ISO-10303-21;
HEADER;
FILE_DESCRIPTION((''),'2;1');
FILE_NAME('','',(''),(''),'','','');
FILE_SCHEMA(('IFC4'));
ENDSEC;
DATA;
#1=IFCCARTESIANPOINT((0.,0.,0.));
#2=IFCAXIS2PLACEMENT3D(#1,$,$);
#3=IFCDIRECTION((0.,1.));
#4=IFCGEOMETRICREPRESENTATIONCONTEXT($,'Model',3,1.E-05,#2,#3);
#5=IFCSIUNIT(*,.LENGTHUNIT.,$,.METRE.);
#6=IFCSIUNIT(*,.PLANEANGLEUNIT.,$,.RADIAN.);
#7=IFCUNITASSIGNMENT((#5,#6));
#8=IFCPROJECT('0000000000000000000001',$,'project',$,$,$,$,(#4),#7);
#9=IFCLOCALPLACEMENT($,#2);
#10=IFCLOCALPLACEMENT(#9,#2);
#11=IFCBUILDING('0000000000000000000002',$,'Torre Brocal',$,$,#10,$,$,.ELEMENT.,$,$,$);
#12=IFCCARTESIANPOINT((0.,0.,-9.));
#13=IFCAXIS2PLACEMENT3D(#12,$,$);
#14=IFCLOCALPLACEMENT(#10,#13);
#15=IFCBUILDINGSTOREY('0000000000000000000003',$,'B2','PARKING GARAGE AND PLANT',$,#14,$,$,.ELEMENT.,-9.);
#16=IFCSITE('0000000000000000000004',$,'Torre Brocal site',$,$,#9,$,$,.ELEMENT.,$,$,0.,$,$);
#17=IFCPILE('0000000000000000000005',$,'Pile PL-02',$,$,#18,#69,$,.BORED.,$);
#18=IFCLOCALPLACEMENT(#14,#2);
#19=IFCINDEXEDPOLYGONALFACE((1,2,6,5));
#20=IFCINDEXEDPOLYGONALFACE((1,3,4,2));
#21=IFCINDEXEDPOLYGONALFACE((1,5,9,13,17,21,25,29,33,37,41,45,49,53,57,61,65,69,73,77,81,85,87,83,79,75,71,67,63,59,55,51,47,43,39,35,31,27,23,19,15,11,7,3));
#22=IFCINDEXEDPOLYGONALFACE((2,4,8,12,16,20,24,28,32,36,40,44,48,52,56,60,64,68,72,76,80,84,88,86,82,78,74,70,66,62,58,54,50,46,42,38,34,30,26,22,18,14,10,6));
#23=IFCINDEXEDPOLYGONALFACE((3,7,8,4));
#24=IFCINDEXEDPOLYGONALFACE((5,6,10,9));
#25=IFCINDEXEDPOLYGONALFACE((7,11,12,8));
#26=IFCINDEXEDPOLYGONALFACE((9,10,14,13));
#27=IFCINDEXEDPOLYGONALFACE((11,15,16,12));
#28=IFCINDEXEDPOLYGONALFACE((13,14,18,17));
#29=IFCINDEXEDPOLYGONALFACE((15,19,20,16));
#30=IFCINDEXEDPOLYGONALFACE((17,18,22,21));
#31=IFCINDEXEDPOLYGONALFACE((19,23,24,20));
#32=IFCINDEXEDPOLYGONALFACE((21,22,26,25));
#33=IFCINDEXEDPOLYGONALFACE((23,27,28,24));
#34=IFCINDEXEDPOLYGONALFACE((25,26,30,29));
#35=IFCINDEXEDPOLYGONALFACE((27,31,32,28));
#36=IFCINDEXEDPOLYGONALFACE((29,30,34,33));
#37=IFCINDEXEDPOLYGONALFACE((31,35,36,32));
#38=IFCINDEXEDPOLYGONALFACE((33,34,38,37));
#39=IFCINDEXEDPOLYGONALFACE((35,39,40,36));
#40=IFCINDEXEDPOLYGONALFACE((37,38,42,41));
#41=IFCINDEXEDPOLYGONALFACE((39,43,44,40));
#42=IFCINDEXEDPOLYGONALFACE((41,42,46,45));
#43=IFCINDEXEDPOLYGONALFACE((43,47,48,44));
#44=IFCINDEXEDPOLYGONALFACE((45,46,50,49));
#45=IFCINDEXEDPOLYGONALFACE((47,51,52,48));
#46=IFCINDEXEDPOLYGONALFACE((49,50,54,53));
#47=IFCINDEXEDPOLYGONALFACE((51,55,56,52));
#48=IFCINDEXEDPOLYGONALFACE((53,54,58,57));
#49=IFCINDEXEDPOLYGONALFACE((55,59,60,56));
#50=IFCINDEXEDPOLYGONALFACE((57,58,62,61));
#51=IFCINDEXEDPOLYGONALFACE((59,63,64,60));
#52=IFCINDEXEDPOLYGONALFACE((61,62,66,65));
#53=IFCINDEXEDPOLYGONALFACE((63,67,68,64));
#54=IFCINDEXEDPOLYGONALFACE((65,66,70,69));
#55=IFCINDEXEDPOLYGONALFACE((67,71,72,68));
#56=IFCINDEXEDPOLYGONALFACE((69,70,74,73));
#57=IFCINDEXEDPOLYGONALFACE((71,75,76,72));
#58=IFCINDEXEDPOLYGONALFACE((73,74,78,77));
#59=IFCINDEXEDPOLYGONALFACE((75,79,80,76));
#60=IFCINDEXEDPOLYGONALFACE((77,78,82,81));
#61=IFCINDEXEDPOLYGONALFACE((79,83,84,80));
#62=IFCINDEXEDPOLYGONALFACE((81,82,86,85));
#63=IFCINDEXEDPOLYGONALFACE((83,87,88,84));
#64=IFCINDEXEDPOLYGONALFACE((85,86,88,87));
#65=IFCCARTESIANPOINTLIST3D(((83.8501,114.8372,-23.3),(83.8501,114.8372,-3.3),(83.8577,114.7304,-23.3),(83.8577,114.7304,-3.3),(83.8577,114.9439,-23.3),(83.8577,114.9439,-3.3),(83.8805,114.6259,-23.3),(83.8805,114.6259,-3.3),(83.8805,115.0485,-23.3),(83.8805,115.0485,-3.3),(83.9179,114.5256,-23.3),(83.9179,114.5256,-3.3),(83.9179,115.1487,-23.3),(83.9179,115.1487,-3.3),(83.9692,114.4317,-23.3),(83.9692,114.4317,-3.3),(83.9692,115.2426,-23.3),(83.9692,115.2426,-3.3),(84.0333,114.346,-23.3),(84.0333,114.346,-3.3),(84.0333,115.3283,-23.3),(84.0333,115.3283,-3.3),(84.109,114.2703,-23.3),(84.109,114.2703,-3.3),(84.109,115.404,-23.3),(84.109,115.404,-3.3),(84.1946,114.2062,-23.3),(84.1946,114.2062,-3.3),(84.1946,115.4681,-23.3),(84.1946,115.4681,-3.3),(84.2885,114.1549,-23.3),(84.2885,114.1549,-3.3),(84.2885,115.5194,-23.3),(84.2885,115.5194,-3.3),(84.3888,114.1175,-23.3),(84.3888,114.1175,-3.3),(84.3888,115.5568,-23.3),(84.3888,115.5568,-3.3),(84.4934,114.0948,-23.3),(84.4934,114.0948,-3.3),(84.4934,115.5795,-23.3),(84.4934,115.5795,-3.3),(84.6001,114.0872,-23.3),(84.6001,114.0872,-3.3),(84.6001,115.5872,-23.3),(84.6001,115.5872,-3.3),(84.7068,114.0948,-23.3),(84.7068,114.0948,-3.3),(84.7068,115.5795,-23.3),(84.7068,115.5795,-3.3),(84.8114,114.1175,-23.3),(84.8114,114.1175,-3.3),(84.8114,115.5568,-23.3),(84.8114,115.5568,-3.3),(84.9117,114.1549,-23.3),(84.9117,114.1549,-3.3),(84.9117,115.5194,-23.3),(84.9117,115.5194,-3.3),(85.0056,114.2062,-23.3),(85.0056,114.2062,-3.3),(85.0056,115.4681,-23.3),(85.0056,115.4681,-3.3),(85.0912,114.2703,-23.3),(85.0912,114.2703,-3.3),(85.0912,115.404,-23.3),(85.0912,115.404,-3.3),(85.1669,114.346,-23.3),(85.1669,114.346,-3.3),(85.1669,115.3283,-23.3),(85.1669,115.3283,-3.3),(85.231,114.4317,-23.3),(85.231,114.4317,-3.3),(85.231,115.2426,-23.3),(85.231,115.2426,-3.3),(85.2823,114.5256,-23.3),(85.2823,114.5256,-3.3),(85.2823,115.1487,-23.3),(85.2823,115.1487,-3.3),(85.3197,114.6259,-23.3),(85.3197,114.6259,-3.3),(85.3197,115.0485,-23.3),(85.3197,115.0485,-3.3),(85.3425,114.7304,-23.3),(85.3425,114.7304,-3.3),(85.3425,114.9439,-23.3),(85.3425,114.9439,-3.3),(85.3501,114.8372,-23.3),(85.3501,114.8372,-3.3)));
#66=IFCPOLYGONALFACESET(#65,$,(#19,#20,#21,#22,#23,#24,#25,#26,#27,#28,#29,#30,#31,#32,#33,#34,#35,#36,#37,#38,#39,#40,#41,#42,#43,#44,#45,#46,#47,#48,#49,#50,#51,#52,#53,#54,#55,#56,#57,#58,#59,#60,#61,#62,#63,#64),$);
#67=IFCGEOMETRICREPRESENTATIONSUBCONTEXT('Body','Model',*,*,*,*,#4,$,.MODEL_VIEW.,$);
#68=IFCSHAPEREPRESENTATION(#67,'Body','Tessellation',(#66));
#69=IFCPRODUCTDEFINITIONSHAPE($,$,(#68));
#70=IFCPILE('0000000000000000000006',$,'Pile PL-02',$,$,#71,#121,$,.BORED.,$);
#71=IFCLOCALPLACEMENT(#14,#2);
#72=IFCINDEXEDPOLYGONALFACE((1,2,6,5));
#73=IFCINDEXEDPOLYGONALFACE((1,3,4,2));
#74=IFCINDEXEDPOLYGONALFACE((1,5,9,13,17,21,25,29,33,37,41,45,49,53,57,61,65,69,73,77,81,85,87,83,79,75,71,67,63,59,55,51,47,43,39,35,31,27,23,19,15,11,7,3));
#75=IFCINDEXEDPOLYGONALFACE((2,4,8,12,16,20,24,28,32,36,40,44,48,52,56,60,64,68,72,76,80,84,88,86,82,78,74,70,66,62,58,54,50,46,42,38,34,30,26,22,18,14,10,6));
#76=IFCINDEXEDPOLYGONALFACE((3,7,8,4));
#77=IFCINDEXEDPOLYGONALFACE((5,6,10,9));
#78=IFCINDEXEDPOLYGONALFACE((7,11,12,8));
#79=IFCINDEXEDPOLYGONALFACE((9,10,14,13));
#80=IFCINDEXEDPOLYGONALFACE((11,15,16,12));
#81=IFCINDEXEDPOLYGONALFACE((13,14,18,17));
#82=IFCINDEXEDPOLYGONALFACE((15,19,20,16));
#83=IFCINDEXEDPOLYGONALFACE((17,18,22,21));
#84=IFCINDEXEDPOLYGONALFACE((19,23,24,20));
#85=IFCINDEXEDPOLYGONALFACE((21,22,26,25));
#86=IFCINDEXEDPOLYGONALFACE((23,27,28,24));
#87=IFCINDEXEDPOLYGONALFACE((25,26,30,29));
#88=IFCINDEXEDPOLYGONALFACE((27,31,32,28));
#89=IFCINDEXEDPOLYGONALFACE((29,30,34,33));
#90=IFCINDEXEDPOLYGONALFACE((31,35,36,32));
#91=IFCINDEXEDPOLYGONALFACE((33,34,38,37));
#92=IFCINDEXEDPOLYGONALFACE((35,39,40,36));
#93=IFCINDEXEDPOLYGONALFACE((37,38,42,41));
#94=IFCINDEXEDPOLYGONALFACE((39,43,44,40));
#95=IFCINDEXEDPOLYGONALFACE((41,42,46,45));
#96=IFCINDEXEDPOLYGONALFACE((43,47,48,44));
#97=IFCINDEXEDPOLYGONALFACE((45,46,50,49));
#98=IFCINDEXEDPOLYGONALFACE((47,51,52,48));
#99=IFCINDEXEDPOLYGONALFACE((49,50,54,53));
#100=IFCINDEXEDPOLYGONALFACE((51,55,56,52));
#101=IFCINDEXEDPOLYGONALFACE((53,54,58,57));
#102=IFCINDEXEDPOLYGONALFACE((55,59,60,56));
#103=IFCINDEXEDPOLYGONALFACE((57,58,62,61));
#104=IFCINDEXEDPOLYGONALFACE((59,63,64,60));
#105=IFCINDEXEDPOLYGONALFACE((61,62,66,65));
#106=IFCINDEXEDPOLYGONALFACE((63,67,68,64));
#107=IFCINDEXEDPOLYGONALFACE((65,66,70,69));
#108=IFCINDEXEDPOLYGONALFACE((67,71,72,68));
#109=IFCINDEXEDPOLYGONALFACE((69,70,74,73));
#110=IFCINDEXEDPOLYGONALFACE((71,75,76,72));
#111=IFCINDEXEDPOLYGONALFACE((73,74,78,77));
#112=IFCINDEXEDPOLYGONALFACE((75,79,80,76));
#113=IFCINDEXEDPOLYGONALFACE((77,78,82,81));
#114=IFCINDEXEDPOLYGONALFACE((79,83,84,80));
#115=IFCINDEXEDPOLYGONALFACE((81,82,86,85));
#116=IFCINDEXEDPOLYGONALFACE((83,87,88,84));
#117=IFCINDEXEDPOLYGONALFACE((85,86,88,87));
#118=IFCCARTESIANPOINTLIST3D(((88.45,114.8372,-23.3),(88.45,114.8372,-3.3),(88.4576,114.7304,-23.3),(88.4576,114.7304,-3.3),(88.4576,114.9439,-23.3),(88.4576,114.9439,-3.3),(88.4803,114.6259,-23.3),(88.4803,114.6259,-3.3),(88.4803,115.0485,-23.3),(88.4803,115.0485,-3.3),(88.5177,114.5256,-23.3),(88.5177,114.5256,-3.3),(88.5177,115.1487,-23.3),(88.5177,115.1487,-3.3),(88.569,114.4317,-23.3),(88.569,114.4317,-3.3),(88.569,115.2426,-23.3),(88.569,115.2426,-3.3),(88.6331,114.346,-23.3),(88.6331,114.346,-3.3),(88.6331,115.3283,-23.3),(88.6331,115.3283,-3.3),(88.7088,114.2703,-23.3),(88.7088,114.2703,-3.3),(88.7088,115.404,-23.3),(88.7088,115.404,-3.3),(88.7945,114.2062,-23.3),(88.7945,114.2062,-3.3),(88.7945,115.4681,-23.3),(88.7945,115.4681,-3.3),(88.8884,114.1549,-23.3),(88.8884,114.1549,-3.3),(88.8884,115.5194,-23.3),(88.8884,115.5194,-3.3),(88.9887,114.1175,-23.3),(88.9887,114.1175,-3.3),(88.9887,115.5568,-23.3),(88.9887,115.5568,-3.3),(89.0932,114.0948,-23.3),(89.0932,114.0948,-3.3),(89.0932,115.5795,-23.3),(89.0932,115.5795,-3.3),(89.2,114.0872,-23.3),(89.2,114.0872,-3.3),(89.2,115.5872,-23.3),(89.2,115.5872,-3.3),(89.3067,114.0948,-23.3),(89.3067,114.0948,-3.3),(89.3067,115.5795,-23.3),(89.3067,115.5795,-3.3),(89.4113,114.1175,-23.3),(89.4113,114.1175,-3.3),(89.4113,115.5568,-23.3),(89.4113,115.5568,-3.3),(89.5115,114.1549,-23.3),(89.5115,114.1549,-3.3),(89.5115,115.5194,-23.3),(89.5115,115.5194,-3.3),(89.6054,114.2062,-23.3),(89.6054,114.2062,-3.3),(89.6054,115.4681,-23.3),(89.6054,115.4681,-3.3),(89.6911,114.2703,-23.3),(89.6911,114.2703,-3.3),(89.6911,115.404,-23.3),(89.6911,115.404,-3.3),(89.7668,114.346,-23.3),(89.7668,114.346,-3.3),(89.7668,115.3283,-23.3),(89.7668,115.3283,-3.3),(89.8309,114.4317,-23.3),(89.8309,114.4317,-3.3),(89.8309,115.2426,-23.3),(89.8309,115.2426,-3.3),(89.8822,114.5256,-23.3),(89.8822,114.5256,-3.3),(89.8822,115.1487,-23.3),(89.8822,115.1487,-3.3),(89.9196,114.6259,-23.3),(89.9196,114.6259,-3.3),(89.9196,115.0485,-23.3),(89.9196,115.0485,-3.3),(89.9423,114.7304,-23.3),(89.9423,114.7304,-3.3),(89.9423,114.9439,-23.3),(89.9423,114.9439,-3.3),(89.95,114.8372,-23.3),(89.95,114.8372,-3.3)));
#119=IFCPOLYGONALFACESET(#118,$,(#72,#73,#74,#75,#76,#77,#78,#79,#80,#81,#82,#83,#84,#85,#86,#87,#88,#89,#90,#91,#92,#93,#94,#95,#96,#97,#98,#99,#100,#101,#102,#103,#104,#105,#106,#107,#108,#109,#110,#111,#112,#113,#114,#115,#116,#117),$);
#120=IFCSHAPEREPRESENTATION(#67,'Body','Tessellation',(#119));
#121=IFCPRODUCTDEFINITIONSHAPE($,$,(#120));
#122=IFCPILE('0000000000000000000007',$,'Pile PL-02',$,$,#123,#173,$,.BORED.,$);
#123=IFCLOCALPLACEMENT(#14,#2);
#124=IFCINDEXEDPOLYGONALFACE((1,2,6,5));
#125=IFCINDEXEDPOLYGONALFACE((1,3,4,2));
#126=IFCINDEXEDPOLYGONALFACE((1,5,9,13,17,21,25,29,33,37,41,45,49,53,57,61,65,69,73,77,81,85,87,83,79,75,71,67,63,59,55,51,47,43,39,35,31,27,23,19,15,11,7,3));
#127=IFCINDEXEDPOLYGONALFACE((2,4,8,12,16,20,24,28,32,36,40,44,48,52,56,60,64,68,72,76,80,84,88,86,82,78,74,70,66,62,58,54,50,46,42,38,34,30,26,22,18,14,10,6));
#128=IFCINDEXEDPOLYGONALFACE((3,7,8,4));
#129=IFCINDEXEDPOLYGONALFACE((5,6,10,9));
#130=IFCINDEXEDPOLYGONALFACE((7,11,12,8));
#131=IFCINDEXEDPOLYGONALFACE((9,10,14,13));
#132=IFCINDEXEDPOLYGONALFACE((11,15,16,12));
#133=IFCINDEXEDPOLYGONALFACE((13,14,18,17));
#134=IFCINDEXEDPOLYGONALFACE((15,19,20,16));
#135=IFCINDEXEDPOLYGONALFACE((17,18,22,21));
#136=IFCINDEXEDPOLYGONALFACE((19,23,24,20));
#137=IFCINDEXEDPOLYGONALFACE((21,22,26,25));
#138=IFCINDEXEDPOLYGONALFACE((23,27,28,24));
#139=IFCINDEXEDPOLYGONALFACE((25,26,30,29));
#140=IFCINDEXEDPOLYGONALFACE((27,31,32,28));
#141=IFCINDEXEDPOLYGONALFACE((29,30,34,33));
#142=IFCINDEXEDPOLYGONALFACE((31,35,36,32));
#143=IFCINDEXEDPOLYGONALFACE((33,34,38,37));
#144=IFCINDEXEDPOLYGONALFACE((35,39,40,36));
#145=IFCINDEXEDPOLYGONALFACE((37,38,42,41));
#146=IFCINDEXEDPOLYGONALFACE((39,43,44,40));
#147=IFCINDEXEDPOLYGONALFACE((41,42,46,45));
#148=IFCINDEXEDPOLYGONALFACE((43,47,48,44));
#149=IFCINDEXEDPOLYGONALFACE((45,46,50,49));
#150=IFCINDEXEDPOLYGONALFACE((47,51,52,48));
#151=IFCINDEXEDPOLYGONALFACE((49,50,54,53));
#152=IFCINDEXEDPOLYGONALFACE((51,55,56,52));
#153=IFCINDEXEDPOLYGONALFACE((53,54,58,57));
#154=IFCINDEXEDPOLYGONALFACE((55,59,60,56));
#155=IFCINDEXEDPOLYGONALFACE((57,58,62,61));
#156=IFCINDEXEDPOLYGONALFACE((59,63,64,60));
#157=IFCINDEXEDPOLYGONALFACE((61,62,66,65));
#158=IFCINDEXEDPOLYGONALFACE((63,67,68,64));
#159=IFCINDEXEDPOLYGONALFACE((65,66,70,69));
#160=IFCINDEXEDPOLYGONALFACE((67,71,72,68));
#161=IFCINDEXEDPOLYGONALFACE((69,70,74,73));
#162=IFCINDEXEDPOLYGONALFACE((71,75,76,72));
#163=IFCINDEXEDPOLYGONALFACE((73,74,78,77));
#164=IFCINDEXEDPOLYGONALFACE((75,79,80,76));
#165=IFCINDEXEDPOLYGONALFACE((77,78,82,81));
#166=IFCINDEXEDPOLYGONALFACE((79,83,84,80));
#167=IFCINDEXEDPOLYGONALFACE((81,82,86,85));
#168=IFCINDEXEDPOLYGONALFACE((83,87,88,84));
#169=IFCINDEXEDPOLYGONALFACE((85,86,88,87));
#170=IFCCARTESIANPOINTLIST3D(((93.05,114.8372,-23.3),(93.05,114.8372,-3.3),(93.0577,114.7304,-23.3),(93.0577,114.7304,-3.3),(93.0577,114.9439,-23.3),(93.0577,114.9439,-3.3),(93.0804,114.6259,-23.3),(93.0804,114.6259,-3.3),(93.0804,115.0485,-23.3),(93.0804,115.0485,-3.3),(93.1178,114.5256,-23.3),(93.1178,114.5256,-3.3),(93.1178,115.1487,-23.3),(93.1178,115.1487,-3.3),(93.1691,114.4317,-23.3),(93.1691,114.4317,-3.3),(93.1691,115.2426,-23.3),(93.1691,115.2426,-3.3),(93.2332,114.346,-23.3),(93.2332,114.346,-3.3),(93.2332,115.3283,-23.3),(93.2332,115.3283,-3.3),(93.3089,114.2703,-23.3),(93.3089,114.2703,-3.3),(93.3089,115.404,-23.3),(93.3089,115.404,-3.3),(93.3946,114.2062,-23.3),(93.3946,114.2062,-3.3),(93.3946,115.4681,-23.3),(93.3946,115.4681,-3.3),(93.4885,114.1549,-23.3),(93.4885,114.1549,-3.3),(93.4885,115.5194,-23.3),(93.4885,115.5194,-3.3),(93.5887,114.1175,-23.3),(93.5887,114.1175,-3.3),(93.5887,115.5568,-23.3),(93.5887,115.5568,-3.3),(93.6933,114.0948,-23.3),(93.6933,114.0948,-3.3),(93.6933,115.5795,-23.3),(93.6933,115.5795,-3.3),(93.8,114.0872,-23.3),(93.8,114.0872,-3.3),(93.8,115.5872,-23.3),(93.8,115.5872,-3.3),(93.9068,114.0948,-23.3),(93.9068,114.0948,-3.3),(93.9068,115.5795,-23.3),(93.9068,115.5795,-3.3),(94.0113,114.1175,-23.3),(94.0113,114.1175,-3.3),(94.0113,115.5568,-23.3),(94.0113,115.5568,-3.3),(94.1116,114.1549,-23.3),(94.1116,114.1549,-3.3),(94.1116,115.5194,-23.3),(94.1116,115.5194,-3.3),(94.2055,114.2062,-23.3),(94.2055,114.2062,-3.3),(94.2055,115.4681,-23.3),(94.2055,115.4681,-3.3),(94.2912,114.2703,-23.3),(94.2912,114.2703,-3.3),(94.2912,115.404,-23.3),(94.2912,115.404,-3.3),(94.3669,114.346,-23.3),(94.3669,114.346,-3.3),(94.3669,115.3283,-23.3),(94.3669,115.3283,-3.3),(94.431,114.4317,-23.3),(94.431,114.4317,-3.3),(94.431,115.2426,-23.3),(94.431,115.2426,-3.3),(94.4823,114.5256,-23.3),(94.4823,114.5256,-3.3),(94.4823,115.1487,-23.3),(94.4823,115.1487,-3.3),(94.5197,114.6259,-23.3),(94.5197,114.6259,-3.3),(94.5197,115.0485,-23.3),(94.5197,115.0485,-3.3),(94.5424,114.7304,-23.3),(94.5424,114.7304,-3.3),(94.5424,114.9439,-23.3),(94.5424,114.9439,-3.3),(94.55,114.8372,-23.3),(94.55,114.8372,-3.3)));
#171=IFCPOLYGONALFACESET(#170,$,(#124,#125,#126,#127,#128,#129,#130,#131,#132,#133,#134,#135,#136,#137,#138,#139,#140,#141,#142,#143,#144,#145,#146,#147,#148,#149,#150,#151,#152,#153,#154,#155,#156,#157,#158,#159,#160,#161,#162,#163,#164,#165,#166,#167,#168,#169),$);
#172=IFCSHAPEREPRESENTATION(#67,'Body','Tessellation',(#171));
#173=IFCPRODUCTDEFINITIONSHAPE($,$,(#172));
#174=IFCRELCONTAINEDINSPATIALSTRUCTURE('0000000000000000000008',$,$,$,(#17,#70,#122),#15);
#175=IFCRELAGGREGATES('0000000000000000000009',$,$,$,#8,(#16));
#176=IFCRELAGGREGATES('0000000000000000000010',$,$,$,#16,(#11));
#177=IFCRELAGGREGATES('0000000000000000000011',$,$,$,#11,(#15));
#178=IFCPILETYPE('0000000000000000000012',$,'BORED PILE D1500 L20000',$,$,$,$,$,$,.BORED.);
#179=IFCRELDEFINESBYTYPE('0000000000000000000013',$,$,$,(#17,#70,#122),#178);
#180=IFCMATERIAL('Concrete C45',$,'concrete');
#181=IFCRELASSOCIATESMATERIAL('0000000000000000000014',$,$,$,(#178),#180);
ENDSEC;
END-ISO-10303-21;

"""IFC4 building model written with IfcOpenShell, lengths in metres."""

from ifc_helpers import new_model, si_unit, direction, frame, origin, origin_2d, place, context, subcontext, project, spatial, circle, extrude, material, material_profile, profile_set, type_object, element, save


model = new_model("IFC4")

# Units and contexts
model_context = context("Model", 3, precision=1e-05, world=origin(), true_north=direction((0.0, 1.0)))
body_context = subcontext(model_context, "Body", "Model", "MODEL_VIEW")
ifc_project = project(units=[si_unit("LENGTHUNIT", "METRE"), si_unit("PLANEANGLEUNIT", "RADIAN")], contexts=[model_context])

# Site, building, storey
site_placement = place(None, origin())
site = spatial("IfcSite", under=ifc_project, at=site_placement, Name="Torre Brocal site", CompositionType="ELEMENT", RefElevation=0.0)
building_placement = place(site_placement, origin())
building = spatial("IfcBuilding", under=site, at=building_placement, Name="Torre Brocal", CompositionType="ELEMENT")
storey_placement = place(building_placement, frame((0.0, 0.0, -9.0)))
storey = spatial("IfcBuildingStorey", under=building, at=storey_placement, Name="B2", Description="PARKING GARAGE AND PLANT", CompositionType="ELEMENT", Elevation=-9.0)

# Piles
ifc_material_1 = material(Name="Concrete C45", Category="concrete")
ifc_material_profile_1 = material_profile(ifc_material_1, circle(Radius=0.75, at=origin_2d()), Name="BORED PILE D1500")
ifc_profile_set_1 = profile_set([ifc_material_profile_1], Name="Concrete C45")
pile_type_1 = type_object("IfcPileType", Name="BORED PILE D1500 L20000", PredefinedType="BORED", material=ifc_profile_set_1)
for number, where, z_axis, x_axis, name in (
    (1, (84.6001, 114.8372, -3.3), (0.0, 0.0, -1.0), (1.0, 0.0, 0.0), "Pile PL-02"),
    (2, (89.2, 114.8372, -3.3), (0.0, 0.0, -1.0), (1.0, 0.0, 0.0), "Pile PL-02"),
    (3, (93.8, 114.8372, -3.3), (0.0, 0.0, -1.0), (1.0, 0.0, 0.0), "Pile PL-02"),
):
    element("IfcPile", number, at=place(storey_placement, frame(where, z_axis=z_axis, x_axis=x_axis)), inside=storey, type_object=pile_type_1, Name=name, PredefinedType="BORED", context=body_context, shape_type="SweptSolid", body=[
        extrude(circle(Radius=0.75, at=origin_2d()), origin(), (0.0, 0.0, 1.0), 20.0),
    ])

save(model, "model.ifc")
